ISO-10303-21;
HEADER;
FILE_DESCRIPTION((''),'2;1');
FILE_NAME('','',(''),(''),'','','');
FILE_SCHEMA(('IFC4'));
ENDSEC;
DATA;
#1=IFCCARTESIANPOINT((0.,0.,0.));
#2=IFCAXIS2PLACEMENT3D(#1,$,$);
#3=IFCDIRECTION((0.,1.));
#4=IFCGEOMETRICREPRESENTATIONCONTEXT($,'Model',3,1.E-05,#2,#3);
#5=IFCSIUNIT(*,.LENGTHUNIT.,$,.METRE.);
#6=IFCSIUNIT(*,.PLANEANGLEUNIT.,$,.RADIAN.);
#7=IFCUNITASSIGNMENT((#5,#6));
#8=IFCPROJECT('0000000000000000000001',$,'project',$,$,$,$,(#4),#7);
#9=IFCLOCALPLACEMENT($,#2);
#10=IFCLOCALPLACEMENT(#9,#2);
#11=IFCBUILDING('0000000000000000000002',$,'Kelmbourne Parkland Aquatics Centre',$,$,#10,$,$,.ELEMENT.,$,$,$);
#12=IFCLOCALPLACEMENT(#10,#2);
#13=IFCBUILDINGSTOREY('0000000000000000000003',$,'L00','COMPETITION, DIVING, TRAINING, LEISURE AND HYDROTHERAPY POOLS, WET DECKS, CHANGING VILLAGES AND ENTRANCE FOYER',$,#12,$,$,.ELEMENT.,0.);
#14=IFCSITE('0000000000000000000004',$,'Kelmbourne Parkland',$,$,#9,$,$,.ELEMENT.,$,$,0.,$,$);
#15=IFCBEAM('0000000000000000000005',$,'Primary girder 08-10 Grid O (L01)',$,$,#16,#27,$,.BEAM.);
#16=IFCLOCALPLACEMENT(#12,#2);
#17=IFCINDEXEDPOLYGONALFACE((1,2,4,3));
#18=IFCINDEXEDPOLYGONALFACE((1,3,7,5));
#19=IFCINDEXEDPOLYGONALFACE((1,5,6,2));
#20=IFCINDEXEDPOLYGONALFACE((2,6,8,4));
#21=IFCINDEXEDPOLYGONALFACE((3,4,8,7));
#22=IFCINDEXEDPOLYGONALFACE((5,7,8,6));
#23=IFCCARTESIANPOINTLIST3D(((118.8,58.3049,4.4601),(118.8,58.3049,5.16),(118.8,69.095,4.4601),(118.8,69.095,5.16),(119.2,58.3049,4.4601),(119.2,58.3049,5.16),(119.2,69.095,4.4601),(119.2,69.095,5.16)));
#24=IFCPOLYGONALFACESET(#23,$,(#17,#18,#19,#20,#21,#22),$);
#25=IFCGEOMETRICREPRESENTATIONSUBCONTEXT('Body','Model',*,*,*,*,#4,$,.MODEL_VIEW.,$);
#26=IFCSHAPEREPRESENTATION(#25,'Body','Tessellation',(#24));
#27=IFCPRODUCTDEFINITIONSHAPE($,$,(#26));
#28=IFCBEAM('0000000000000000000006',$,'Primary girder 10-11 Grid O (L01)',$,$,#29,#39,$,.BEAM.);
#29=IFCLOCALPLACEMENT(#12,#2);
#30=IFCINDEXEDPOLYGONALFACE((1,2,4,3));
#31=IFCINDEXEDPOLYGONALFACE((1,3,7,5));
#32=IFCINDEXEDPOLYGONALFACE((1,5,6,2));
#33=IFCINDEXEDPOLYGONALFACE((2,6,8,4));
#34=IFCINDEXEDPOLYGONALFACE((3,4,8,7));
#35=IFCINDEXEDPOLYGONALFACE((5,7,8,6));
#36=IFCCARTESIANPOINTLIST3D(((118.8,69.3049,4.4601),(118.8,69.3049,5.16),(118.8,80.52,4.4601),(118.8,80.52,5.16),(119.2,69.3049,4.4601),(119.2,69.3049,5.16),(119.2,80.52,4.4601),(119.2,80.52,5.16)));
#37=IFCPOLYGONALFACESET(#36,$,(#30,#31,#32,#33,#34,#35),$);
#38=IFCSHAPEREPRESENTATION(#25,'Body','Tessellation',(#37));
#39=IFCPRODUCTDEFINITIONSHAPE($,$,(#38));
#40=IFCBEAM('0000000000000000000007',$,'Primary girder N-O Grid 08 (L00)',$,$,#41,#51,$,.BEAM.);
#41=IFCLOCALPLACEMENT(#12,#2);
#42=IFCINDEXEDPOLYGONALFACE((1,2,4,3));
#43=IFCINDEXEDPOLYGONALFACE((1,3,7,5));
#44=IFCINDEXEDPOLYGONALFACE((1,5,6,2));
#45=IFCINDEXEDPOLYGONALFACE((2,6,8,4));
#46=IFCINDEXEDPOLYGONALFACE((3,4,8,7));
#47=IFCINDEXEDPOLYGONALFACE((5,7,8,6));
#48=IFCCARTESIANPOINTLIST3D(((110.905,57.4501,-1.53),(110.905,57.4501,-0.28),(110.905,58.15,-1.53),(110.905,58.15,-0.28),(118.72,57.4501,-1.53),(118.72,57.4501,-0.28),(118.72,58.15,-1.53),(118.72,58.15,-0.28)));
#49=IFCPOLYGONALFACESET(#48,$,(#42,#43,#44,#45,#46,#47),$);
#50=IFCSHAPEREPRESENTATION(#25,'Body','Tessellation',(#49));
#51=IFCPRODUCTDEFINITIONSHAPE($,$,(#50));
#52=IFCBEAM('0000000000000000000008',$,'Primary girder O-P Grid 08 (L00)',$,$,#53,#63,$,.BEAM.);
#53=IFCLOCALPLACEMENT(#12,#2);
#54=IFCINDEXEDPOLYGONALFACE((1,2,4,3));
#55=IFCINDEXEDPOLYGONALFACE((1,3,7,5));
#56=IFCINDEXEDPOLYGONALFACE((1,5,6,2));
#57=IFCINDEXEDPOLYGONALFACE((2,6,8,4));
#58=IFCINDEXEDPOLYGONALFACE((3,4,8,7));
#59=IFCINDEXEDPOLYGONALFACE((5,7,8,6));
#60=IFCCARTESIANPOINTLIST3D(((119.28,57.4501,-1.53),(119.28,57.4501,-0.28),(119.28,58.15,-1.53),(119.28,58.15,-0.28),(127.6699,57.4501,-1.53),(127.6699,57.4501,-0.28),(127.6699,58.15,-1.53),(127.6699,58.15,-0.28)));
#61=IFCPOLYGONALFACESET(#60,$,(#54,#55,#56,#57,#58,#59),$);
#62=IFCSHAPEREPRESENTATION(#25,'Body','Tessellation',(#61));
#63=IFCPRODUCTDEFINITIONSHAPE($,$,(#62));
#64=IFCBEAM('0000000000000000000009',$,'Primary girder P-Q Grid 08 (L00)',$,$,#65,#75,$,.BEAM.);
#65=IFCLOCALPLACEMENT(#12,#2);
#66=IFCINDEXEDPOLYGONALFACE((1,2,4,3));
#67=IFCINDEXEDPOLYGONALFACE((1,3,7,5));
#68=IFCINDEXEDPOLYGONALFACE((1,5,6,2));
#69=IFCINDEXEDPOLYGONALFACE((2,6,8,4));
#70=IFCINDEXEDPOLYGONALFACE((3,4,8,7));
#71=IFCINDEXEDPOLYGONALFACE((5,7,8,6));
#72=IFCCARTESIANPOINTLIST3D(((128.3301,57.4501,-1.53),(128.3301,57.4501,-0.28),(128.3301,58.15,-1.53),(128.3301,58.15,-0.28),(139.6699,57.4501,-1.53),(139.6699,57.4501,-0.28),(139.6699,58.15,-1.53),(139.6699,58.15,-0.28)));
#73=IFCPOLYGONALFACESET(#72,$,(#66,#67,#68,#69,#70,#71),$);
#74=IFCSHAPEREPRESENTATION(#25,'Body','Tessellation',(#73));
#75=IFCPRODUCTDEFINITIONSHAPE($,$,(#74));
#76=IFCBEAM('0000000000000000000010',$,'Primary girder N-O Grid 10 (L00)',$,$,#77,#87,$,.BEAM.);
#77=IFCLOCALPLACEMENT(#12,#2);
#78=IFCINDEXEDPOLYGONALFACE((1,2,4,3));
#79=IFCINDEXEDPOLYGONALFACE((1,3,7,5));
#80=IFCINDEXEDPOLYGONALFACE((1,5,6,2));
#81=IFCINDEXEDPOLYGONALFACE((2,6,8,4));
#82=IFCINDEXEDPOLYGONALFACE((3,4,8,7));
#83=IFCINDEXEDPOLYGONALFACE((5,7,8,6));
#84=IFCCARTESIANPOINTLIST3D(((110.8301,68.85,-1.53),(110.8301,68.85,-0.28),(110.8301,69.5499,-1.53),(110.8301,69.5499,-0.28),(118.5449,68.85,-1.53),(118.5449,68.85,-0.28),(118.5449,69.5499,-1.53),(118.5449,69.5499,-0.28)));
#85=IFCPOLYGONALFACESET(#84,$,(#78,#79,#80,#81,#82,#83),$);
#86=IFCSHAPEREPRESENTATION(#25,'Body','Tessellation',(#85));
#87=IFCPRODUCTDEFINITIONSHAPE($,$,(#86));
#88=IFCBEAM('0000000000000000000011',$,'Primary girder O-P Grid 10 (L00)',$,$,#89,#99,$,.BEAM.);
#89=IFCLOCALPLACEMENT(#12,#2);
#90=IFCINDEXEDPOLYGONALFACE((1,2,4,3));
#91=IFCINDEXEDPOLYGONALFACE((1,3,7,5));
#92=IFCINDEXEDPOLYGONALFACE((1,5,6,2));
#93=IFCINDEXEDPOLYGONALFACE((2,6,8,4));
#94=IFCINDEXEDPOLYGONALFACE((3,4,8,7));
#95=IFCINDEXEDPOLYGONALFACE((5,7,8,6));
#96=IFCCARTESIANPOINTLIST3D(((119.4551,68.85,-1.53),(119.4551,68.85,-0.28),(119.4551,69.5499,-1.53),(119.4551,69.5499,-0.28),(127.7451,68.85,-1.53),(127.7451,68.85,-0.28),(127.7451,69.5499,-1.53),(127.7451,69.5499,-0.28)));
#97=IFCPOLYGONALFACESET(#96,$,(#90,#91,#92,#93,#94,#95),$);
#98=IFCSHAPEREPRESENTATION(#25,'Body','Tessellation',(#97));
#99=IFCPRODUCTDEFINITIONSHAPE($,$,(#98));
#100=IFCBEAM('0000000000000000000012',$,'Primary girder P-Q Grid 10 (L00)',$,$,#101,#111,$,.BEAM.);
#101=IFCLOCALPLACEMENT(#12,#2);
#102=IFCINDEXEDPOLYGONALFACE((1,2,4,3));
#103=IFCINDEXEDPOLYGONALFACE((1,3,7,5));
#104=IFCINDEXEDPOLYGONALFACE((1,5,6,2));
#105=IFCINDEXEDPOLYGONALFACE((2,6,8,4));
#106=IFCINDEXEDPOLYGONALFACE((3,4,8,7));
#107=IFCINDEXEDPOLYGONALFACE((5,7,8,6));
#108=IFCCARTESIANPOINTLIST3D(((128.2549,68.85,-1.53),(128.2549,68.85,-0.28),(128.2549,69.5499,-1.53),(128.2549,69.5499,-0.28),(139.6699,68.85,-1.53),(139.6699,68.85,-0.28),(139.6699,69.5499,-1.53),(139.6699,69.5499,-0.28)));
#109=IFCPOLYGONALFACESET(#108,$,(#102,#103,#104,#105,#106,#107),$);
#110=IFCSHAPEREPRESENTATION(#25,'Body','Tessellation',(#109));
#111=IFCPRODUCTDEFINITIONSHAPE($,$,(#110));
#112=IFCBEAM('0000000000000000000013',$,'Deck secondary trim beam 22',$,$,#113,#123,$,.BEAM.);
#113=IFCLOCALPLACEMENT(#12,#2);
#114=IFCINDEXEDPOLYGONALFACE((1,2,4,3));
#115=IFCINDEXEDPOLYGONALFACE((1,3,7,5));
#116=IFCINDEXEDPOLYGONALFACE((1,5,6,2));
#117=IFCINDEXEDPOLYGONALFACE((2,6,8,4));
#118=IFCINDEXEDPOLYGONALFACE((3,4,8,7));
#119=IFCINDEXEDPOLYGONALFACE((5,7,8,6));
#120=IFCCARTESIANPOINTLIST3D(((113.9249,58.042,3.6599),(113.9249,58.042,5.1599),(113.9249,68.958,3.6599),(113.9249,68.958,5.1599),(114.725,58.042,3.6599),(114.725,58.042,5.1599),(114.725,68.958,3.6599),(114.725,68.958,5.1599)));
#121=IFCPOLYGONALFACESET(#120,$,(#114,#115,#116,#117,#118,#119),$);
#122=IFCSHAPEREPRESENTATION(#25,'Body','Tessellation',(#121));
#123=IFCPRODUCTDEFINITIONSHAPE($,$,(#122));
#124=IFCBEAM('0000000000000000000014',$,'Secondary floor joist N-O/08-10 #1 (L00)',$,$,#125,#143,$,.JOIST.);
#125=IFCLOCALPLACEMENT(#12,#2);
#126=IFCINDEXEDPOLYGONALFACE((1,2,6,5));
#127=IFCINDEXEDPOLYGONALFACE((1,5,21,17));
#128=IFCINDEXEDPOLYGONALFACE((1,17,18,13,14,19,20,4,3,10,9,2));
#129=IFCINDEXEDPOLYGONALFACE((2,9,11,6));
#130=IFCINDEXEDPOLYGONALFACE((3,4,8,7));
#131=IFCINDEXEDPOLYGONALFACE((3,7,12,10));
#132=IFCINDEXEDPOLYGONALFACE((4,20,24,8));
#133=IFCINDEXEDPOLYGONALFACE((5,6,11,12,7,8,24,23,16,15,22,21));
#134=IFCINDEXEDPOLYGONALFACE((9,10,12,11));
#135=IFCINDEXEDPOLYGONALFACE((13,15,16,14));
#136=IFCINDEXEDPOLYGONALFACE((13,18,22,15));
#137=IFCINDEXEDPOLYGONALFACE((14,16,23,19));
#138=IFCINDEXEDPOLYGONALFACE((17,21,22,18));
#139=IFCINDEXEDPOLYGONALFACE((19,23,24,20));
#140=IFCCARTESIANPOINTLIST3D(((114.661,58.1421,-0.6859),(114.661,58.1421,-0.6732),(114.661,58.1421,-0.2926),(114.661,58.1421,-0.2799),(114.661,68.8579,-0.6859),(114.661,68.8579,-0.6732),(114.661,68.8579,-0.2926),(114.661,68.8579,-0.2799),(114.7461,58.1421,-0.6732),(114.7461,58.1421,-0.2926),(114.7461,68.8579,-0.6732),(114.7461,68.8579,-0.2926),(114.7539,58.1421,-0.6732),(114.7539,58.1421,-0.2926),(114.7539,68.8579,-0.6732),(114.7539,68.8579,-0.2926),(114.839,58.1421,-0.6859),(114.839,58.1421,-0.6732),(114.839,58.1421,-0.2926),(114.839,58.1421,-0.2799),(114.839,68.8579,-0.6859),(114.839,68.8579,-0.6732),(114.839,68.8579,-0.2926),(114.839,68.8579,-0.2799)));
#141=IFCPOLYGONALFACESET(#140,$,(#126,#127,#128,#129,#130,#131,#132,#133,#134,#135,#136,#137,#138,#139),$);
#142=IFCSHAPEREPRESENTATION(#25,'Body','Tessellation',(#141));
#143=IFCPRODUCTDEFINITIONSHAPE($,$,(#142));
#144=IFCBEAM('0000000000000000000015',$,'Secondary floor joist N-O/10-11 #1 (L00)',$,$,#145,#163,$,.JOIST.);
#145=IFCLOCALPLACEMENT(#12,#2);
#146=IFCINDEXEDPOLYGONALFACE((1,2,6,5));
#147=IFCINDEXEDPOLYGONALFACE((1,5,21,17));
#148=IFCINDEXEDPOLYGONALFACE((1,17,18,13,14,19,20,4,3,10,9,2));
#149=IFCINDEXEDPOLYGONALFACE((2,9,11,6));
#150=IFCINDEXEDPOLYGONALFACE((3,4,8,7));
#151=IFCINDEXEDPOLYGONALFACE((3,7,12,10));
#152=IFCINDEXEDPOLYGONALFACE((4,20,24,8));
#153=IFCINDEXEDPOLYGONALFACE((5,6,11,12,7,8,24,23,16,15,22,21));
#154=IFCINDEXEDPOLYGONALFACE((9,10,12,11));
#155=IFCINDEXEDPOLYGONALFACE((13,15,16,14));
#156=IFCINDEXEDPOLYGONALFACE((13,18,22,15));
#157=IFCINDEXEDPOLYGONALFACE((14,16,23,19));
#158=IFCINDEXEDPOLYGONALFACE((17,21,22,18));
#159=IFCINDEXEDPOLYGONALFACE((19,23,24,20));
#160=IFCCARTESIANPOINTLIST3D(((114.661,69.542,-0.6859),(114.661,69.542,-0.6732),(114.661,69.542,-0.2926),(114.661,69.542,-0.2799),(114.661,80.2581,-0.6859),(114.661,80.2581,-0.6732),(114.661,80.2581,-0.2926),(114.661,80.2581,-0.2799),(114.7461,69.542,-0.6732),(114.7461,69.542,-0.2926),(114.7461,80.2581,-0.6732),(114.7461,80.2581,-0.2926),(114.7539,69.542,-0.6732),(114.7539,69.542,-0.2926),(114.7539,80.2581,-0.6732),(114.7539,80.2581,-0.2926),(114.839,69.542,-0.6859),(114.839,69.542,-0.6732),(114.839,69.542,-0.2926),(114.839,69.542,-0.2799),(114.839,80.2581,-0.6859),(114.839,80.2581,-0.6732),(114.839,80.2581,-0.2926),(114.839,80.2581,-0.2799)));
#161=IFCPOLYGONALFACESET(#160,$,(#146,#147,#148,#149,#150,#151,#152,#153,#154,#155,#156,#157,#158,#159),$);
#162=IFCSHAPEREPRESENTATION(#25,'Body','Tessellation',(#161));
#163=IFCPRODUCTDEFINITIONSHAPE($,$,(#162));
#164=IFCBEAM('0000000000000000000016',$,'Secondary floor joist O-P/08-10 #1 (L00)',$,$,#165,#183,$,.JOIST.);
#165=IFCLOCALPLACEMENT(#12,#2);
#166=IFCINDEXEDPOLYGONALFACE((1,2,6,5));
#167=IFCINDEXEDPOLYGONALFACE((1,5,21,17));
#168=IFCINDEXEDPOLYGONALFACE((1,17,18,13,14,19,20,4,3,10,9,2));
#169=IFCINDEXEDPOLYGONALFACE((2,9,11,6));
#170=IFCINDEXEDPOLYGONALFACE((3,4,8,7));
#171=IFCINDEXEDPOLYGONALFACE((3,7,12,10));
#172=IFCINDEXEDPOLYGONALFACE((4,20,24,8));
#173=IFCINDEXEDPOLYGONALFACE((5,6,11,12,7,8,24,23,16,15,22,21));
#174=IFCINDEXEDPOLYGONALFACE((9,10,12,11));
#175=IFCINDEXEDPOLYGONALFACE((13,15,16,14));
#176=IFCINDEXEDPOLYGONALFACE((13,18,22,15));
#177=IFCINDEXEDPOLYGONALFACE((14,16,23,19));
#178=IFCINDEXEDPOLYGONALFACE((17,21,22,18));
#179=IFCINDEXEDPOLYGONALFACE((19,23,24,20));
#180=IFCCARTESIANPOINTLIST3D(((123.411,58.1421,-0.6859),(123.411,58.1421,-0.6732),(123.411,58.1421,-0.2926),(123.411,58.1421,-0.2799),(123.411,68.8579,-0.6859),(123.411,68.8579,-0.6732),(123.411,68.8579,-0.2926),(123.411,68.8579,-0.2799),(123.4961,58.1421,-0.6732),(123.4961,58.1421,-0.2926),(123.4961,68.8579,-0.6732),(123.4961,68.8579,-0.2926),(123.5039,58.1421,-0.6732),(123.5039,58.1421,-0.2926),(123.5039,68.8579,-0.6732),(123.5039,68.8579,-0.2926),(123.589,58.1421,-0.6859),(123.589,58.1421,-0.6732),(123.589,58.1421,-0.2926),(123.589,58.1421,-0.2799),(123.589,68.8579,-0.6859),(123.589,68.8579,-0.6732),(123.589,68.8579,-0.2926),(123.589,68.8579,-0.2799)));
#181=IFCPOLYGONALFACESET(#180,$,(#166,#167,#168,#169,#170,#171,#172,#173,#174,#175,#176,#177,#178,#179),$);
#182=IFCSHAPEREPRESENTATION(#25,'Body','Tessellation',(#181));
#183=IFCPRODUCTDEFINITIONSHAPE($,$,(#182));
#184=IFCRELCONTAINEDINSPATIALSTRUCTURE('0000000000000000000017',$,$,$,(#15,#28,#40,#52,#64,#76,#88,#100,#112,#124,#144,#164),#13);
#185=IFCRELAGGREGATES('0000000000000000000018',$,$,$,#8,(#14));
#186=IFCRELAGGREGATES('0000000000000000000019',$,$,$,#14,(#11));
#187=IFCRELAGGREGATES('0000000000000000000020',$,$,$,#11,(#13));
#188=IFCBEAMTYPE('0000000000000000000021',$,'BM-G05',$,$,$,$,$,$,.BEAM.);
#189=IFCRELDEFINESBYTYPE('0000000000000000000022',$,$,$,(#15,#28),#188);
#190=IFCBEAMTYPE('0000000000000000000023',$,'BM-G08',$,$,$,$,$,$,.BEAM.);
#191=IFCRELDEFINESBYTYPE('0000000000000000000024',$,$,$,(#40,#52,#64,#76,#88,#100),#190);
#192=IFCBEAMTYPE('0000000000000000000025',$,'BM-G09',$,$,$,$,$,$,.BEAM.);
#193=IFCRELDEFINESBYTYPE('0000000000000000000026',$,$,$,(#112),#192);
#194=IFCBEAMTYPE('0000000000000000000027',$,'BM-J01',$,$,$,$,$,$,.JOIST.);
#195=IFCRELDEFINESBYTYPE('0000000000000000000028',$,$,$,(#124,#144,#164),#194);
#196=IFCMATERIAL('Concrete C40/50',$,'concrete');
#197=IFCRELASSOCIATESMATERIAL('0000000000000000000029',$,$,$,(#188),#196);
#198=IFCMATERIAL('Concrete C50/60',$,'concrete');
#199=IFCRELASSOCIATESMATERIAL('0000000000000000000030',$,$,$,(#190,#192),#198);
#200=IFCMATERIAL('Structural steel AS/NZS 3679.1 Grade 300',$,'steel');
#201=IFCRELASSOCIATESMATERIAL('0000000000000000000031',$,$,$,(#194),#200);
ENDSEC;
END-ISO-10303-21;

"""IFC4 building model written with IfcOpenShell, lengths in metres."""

from ifc_helpers import new_model, si_unit, direction, frame, origin, origin_2d, place, context, subcontext, project, spatial, rectangle, i_section, extrude, material, material_profile, profile_set, type_object, element, save


model = new_model("IFC4")

# Units and contexts
model_context = context("Model", 3, precision=1e-05, world=origin(), true_north=direction((0.0, 1.0)))
body_context = subcontext(model_context, "Body", "Model", "MODEL_VIEW")
ifc_project = project(units=[si_unit("LENGTHUNIT", "METRE"), si_unit("PLANEANGLEUNIT", "RADIAN")], contexts=[model_context])

# Site, building, storey
site_placement = place(None, origin())
site = spatial("IfcSite", under=ifc_project, at=site_placement, Name="Kelmbourne Parkland", CompositionType="ELEMENT", RefElevation=0.0)
building_placement = place(site_placement, origin())
building = spatial("IfcBuilding", under=site, at=building_placement, Name="Kelmbourne Parkland Aquatics Centre", CompositionType="ELEMENT")
storey_placement = place(building_placement, origin())
storey = spatial("IfcBuildingStorey", under=building, at=storey_placement, Name="L00", Description="COMPETITION, DIVING, TRAINING, LEISURE AND HYDROTHERAPY POOLS, WET DECKS, CHANGING VILLAGES AND ENTRANCE FOYER", CompositionType="ELEMENT", Elevation=0.0)

# Shared definitions
ifc_material_1 = material(Name="Concrete C40/50", Category="concrete")

# Beams
ifc_material_profile_1 = material_profile(ifc_material_1, rectangle(XDim=0.3999, YDim=0.7, at=origin_2d()), Name="RC 400x700")
ifc_profile_set_1 = profile_set([ifc_material_profile_1], Name="Concrete C40/50")
beam_type_1 = type_object("IfcBeamType", Name="BM-G05", PredefinedType="BEAM", material=ifc_profile_set_1)
beam_1_placement = place(storey_placement, frame((119.0, 58.3049, 4.8101), z_axis=(0.0, 1.0, 0.0), x_axis=(-1.0, 0.0, 0.0)))
element("IfcBeam", 1, at=beam_1_placement, inside=storey, type_object=beam_type_1, Name="Primary girder 08-10 Grid O (L01)", PredefinedType="BEAM", context=body_context, shape_type="SweptSolid", body=[
    extrude(rectangle(XDim=0.3999, YDim=0.7, at=origin_2d()), origin(), (0.0, 0.0, 1.0), 10.79),
])
beam_2_placement = place(storey_placement, frame((119.0, 69.3049, 4.8101), z_axis=(0.0, 1.0, 0.0), x_axis=(-1.0, 0.0, 0.0)))
element("IfcBeam", 2, at=beam_2_placement, inside=storey, type_object=beam_type_1, Name="Primary girder 10-11 Grid O (L01)", PredefinedType="BEAM", context=body_context, shape_type="SweptSolid", body=[
    extrude(rectangle(XDim=0.3999, YDim=0.7, at=origin_2d()), origin(), (0.0, 0.0, 1.0), 11.2151),
])
ifc_material_2 = material(Name="Concrete C50/60", Category="concrete")
ifc_material_profile_2 = material_profile(ifc_material_2, rectangle(XDim=0.7, YDim=1.25, at=origin_2d()), Name="RC 700x1250")
ifc_profile_set_2 = profile_set([ifc_material_profile_2], Name="Concrete C50/60")
beam_type_2 = type_object("IfcBeamType", Name="BM-G08", PredefinedType="BEAM", material=ifc_profile_set_2)
beam_3_placement = place(storey_placement, frame((110.905, 57.8, -0.905), z_axis=(1.0, 0.0, 0.0), x_axis=(0.0, 1.0, 0.0)))
element("IfcBeam", 3, at=beam_3_placement, inside=storey, type_object=beam_type_2, Name="Primary girder N-O Grid 08 (L00)", PredefinedType="BEAM", context=body_context, shape_type="SweptSolid", body=[
    extrude(rectangle(XDim=0.7, YDim=1.25, at=origin_2d()), origin(), (0.0, 0.0, 1.0), 7.8149),
])
beam_4_placement = place(storey_placement, frame((119.28, 57.8, -0.905), z_axis=(1.0, 0.0, 0.0), x_axis=(0.0, 1.0, 0.0)))
element("IfcBeam", 4, at=beam_4_placement, inside=storey, type_object=beam_type_2, Name="Primary girder O-P Grid 08 (L00)", PredefinedType="BEAM", context=body_context, shape_type="SweptSolid", body=[
    extrude(rectangle(XDim=0.7, YDim=1.25, at=origin_2d()), origin(), (0.0, 0.0, 1.0), 8.3899),
])
beam_5_placement = place(storey_placement, frame((128.3301, 57.8, -0.905), z_axis=(1.0, 0.0, 0.0), x_axis=(0.0, 1.0, 0.0)))
element("IfcBeam", 5, at=beam_5_placement, inside=storey, type_object=beam_type_2, Name="Primary girder P-Q Grid 08 (L00)", PredefinedType="BEAM", context=body_context, shape_type="SweptSolid", body=[
    extrude(rectangle(XDim=0.7, YDim=1.25, at=origin_2d()), origin(), (0.0, 0.0, 1.0), 11.3398),
])
beam_6_placement = place(storey_placement, frame((110.8301, 69.2, -0.905), z_axis=(1.0, 0.0, 0.0), x_axis=(0.0, 1.0, 0.0)))
element("IfcBeam", 6, at=beam_6_placement, inside=storey, type_object=beam_type_2, Name="Primary girder N-O Grid 10 (L00)", PredefinedType="BEAM", context=body_context, shape_type="SweptSolid", body=[
    extrude(rectangle(XDim=0.7, YDim=1.25, at=origin_2d()), origin(), (0.0, 0.0, 1.0), 7.7148),
])
beam_7_placement = place(storey_placement, frame((119.4551, 69.2, -0.905), z_axis=(1.0, 0.0, 0.0), x_axis=(0.0, 1.0, 0.0)))
element("IfcBeam", 7, at=beam_7_placement, inside=storey, type_object=beam_type_2, Name="Primary girder O-P Grid 10 (L00)", PredefinedType="BEAM", context=body_context, shape_type="SweptSolid", body=[
    extrude(rectangle(XDim=0.7, YDim=1.25, at=origin_2d()), origin(), (0.0, 0.0, 1.0), 8.29),
])
beam_8_placement = place(storey_placement, frame((128.2549, 69.2, -0.905), z_axis=(1.0, 0.0, 0.0), x_axis=(0.0, 1.0, 0.0)))
element("IfcBeam", 8, at=beam_8_placement, inside=storey, type_object=beam_type_2, Name="Primary girder P-Q Grid 10 (L00)", PredefinedType="BEAM", context=body_context, shape_type="SweptSolid", body=[
    extrude(rectangle(XDim=0.7, YDim=1.25, at=origin_2d()), origin(), (0.0, 0.0, 1.0), 11.415),
])
ifc_material_profile_3 = material_profile(ifc_material_2, rectangle(XDim=0.8, YDim=1.5, at=origin_2d()), Name="RC 800x1500")
ifc_profile_set_3 = profile_set([ifc_material_profile_3], Name="Concrete C50/60")
beam_type_3 = type_object("IfcBeamType", Name="BM-G09", PredefinedType="BEAM", material=ifc_profile_set_3)
beam_9_placement = place(storey_placement, frame((114.325, 58.042, 4.4099), z_axis=(0.0, 1.0, 0.0), x_axis=(-1.0, 0.0, 0.0)))
element("IfcBeam", 9, at=beam_9_placement, inside=storey, type_object=beam_type_3, Name="Deck secondary trim beam 22", PredefinedType="BEAM", context=body_context, shape_type="SweptSolid", body=[
    extrude(rectangle(XDim=0.8, YDim=1.5, at=origin_2d()), origin(), (0.0, 0.0, 1.0), 10.916),
])
ifc_material_3 = material(Name="Structural steel AS/NZS 3679.1 Grade 300", Category="steel")
ifc_material_profile_4 = material_profile(ifc_material_3, i_section(OverallWidth=0.178, OverallDepth=0.406, WebThickness=0.0078, FlangeThickness=0.0127, at=origin_2d()), Name="410UB59.7")
ifc_profile_set_4 = profile_set([ifc_material_profile_4], Name="Structural steel AS/NZS 3679.1 Grade 300")
beam_type_4 = type_object("IfcBeamType", Name="BM-J01", PredefinedType="JOIST", material=ifc_profile_set_4)
beam_10_placement = place(storey_placement, frame((114.75, 58.1421, -0.4829), z_axis=(0.0, 1.0, 0.0), x_axis=(-1.0, 0.0, 0.0)))
element("IfcBeam", 10, at=beam_10_placement, inside=storey, type_object=beam_type_4, Name="Secondary floor joist N-O/08-10 #1 (L00)", PredefinedType="JOIST", context=body_context, shape_type="SweptSolid", body=[
    extrude(i_section(OverallWidth=0.178, OverallDepth=0.406, WebThickness=0.0078, FlangeThickness=0.0127, at=origin_2d()), origin(), (0.0, 0.0, 1.0), 10.7158),
])
beam_11_placement = place(storey_placement, frame((114.75, 69.542, -0.4829), z_axis=(0.0, 1.0, 0.0), x_axis=(-1.0, 0.0, 0.0)))
element("IfcBeam", 11, at=beam_11_placement, inside=storey, type_object=beam_type_4, Name="Secondary floor joist N-O/10-11 #1 (L00)", PredefinedType="JOIST", context=body_context, shape_type="SweptSolid", body=[
    extrude(i_section(OverallWidth=0.178, OverallDepth=0.406, WebThickness=0.0078, FlangeThickness=0.0127, at=origin_2d()), origin(), (0.0, 0.0, 1.0), 10.7161),
])
beam_12_placement = place(storey_placement, frame((123.5, 58.1421, -0.4829), z_axis=(0.0, 1.0, 0.0), x_axis=(-1.0, 0.0, 0.0)))
element("IfcBeam", 12, at=beam_12_placement, inside=storey, type_object=beam_type_4, Name="Secondary floor joist O-P/08-10 #1 (L00)", PredefinedType="JOIST", context=body_context, shape_type="SweptSolid", body=[
    extrude(i_section(OverallWidth=0.178, OverallDepth=0.406, WebThickness=0.0078, FlangeThickness=0.0127, at=origin_2d()), origin(), (0.0, 0.0, 1.0), 10.7158),
])

save(model, "model.ifc")
